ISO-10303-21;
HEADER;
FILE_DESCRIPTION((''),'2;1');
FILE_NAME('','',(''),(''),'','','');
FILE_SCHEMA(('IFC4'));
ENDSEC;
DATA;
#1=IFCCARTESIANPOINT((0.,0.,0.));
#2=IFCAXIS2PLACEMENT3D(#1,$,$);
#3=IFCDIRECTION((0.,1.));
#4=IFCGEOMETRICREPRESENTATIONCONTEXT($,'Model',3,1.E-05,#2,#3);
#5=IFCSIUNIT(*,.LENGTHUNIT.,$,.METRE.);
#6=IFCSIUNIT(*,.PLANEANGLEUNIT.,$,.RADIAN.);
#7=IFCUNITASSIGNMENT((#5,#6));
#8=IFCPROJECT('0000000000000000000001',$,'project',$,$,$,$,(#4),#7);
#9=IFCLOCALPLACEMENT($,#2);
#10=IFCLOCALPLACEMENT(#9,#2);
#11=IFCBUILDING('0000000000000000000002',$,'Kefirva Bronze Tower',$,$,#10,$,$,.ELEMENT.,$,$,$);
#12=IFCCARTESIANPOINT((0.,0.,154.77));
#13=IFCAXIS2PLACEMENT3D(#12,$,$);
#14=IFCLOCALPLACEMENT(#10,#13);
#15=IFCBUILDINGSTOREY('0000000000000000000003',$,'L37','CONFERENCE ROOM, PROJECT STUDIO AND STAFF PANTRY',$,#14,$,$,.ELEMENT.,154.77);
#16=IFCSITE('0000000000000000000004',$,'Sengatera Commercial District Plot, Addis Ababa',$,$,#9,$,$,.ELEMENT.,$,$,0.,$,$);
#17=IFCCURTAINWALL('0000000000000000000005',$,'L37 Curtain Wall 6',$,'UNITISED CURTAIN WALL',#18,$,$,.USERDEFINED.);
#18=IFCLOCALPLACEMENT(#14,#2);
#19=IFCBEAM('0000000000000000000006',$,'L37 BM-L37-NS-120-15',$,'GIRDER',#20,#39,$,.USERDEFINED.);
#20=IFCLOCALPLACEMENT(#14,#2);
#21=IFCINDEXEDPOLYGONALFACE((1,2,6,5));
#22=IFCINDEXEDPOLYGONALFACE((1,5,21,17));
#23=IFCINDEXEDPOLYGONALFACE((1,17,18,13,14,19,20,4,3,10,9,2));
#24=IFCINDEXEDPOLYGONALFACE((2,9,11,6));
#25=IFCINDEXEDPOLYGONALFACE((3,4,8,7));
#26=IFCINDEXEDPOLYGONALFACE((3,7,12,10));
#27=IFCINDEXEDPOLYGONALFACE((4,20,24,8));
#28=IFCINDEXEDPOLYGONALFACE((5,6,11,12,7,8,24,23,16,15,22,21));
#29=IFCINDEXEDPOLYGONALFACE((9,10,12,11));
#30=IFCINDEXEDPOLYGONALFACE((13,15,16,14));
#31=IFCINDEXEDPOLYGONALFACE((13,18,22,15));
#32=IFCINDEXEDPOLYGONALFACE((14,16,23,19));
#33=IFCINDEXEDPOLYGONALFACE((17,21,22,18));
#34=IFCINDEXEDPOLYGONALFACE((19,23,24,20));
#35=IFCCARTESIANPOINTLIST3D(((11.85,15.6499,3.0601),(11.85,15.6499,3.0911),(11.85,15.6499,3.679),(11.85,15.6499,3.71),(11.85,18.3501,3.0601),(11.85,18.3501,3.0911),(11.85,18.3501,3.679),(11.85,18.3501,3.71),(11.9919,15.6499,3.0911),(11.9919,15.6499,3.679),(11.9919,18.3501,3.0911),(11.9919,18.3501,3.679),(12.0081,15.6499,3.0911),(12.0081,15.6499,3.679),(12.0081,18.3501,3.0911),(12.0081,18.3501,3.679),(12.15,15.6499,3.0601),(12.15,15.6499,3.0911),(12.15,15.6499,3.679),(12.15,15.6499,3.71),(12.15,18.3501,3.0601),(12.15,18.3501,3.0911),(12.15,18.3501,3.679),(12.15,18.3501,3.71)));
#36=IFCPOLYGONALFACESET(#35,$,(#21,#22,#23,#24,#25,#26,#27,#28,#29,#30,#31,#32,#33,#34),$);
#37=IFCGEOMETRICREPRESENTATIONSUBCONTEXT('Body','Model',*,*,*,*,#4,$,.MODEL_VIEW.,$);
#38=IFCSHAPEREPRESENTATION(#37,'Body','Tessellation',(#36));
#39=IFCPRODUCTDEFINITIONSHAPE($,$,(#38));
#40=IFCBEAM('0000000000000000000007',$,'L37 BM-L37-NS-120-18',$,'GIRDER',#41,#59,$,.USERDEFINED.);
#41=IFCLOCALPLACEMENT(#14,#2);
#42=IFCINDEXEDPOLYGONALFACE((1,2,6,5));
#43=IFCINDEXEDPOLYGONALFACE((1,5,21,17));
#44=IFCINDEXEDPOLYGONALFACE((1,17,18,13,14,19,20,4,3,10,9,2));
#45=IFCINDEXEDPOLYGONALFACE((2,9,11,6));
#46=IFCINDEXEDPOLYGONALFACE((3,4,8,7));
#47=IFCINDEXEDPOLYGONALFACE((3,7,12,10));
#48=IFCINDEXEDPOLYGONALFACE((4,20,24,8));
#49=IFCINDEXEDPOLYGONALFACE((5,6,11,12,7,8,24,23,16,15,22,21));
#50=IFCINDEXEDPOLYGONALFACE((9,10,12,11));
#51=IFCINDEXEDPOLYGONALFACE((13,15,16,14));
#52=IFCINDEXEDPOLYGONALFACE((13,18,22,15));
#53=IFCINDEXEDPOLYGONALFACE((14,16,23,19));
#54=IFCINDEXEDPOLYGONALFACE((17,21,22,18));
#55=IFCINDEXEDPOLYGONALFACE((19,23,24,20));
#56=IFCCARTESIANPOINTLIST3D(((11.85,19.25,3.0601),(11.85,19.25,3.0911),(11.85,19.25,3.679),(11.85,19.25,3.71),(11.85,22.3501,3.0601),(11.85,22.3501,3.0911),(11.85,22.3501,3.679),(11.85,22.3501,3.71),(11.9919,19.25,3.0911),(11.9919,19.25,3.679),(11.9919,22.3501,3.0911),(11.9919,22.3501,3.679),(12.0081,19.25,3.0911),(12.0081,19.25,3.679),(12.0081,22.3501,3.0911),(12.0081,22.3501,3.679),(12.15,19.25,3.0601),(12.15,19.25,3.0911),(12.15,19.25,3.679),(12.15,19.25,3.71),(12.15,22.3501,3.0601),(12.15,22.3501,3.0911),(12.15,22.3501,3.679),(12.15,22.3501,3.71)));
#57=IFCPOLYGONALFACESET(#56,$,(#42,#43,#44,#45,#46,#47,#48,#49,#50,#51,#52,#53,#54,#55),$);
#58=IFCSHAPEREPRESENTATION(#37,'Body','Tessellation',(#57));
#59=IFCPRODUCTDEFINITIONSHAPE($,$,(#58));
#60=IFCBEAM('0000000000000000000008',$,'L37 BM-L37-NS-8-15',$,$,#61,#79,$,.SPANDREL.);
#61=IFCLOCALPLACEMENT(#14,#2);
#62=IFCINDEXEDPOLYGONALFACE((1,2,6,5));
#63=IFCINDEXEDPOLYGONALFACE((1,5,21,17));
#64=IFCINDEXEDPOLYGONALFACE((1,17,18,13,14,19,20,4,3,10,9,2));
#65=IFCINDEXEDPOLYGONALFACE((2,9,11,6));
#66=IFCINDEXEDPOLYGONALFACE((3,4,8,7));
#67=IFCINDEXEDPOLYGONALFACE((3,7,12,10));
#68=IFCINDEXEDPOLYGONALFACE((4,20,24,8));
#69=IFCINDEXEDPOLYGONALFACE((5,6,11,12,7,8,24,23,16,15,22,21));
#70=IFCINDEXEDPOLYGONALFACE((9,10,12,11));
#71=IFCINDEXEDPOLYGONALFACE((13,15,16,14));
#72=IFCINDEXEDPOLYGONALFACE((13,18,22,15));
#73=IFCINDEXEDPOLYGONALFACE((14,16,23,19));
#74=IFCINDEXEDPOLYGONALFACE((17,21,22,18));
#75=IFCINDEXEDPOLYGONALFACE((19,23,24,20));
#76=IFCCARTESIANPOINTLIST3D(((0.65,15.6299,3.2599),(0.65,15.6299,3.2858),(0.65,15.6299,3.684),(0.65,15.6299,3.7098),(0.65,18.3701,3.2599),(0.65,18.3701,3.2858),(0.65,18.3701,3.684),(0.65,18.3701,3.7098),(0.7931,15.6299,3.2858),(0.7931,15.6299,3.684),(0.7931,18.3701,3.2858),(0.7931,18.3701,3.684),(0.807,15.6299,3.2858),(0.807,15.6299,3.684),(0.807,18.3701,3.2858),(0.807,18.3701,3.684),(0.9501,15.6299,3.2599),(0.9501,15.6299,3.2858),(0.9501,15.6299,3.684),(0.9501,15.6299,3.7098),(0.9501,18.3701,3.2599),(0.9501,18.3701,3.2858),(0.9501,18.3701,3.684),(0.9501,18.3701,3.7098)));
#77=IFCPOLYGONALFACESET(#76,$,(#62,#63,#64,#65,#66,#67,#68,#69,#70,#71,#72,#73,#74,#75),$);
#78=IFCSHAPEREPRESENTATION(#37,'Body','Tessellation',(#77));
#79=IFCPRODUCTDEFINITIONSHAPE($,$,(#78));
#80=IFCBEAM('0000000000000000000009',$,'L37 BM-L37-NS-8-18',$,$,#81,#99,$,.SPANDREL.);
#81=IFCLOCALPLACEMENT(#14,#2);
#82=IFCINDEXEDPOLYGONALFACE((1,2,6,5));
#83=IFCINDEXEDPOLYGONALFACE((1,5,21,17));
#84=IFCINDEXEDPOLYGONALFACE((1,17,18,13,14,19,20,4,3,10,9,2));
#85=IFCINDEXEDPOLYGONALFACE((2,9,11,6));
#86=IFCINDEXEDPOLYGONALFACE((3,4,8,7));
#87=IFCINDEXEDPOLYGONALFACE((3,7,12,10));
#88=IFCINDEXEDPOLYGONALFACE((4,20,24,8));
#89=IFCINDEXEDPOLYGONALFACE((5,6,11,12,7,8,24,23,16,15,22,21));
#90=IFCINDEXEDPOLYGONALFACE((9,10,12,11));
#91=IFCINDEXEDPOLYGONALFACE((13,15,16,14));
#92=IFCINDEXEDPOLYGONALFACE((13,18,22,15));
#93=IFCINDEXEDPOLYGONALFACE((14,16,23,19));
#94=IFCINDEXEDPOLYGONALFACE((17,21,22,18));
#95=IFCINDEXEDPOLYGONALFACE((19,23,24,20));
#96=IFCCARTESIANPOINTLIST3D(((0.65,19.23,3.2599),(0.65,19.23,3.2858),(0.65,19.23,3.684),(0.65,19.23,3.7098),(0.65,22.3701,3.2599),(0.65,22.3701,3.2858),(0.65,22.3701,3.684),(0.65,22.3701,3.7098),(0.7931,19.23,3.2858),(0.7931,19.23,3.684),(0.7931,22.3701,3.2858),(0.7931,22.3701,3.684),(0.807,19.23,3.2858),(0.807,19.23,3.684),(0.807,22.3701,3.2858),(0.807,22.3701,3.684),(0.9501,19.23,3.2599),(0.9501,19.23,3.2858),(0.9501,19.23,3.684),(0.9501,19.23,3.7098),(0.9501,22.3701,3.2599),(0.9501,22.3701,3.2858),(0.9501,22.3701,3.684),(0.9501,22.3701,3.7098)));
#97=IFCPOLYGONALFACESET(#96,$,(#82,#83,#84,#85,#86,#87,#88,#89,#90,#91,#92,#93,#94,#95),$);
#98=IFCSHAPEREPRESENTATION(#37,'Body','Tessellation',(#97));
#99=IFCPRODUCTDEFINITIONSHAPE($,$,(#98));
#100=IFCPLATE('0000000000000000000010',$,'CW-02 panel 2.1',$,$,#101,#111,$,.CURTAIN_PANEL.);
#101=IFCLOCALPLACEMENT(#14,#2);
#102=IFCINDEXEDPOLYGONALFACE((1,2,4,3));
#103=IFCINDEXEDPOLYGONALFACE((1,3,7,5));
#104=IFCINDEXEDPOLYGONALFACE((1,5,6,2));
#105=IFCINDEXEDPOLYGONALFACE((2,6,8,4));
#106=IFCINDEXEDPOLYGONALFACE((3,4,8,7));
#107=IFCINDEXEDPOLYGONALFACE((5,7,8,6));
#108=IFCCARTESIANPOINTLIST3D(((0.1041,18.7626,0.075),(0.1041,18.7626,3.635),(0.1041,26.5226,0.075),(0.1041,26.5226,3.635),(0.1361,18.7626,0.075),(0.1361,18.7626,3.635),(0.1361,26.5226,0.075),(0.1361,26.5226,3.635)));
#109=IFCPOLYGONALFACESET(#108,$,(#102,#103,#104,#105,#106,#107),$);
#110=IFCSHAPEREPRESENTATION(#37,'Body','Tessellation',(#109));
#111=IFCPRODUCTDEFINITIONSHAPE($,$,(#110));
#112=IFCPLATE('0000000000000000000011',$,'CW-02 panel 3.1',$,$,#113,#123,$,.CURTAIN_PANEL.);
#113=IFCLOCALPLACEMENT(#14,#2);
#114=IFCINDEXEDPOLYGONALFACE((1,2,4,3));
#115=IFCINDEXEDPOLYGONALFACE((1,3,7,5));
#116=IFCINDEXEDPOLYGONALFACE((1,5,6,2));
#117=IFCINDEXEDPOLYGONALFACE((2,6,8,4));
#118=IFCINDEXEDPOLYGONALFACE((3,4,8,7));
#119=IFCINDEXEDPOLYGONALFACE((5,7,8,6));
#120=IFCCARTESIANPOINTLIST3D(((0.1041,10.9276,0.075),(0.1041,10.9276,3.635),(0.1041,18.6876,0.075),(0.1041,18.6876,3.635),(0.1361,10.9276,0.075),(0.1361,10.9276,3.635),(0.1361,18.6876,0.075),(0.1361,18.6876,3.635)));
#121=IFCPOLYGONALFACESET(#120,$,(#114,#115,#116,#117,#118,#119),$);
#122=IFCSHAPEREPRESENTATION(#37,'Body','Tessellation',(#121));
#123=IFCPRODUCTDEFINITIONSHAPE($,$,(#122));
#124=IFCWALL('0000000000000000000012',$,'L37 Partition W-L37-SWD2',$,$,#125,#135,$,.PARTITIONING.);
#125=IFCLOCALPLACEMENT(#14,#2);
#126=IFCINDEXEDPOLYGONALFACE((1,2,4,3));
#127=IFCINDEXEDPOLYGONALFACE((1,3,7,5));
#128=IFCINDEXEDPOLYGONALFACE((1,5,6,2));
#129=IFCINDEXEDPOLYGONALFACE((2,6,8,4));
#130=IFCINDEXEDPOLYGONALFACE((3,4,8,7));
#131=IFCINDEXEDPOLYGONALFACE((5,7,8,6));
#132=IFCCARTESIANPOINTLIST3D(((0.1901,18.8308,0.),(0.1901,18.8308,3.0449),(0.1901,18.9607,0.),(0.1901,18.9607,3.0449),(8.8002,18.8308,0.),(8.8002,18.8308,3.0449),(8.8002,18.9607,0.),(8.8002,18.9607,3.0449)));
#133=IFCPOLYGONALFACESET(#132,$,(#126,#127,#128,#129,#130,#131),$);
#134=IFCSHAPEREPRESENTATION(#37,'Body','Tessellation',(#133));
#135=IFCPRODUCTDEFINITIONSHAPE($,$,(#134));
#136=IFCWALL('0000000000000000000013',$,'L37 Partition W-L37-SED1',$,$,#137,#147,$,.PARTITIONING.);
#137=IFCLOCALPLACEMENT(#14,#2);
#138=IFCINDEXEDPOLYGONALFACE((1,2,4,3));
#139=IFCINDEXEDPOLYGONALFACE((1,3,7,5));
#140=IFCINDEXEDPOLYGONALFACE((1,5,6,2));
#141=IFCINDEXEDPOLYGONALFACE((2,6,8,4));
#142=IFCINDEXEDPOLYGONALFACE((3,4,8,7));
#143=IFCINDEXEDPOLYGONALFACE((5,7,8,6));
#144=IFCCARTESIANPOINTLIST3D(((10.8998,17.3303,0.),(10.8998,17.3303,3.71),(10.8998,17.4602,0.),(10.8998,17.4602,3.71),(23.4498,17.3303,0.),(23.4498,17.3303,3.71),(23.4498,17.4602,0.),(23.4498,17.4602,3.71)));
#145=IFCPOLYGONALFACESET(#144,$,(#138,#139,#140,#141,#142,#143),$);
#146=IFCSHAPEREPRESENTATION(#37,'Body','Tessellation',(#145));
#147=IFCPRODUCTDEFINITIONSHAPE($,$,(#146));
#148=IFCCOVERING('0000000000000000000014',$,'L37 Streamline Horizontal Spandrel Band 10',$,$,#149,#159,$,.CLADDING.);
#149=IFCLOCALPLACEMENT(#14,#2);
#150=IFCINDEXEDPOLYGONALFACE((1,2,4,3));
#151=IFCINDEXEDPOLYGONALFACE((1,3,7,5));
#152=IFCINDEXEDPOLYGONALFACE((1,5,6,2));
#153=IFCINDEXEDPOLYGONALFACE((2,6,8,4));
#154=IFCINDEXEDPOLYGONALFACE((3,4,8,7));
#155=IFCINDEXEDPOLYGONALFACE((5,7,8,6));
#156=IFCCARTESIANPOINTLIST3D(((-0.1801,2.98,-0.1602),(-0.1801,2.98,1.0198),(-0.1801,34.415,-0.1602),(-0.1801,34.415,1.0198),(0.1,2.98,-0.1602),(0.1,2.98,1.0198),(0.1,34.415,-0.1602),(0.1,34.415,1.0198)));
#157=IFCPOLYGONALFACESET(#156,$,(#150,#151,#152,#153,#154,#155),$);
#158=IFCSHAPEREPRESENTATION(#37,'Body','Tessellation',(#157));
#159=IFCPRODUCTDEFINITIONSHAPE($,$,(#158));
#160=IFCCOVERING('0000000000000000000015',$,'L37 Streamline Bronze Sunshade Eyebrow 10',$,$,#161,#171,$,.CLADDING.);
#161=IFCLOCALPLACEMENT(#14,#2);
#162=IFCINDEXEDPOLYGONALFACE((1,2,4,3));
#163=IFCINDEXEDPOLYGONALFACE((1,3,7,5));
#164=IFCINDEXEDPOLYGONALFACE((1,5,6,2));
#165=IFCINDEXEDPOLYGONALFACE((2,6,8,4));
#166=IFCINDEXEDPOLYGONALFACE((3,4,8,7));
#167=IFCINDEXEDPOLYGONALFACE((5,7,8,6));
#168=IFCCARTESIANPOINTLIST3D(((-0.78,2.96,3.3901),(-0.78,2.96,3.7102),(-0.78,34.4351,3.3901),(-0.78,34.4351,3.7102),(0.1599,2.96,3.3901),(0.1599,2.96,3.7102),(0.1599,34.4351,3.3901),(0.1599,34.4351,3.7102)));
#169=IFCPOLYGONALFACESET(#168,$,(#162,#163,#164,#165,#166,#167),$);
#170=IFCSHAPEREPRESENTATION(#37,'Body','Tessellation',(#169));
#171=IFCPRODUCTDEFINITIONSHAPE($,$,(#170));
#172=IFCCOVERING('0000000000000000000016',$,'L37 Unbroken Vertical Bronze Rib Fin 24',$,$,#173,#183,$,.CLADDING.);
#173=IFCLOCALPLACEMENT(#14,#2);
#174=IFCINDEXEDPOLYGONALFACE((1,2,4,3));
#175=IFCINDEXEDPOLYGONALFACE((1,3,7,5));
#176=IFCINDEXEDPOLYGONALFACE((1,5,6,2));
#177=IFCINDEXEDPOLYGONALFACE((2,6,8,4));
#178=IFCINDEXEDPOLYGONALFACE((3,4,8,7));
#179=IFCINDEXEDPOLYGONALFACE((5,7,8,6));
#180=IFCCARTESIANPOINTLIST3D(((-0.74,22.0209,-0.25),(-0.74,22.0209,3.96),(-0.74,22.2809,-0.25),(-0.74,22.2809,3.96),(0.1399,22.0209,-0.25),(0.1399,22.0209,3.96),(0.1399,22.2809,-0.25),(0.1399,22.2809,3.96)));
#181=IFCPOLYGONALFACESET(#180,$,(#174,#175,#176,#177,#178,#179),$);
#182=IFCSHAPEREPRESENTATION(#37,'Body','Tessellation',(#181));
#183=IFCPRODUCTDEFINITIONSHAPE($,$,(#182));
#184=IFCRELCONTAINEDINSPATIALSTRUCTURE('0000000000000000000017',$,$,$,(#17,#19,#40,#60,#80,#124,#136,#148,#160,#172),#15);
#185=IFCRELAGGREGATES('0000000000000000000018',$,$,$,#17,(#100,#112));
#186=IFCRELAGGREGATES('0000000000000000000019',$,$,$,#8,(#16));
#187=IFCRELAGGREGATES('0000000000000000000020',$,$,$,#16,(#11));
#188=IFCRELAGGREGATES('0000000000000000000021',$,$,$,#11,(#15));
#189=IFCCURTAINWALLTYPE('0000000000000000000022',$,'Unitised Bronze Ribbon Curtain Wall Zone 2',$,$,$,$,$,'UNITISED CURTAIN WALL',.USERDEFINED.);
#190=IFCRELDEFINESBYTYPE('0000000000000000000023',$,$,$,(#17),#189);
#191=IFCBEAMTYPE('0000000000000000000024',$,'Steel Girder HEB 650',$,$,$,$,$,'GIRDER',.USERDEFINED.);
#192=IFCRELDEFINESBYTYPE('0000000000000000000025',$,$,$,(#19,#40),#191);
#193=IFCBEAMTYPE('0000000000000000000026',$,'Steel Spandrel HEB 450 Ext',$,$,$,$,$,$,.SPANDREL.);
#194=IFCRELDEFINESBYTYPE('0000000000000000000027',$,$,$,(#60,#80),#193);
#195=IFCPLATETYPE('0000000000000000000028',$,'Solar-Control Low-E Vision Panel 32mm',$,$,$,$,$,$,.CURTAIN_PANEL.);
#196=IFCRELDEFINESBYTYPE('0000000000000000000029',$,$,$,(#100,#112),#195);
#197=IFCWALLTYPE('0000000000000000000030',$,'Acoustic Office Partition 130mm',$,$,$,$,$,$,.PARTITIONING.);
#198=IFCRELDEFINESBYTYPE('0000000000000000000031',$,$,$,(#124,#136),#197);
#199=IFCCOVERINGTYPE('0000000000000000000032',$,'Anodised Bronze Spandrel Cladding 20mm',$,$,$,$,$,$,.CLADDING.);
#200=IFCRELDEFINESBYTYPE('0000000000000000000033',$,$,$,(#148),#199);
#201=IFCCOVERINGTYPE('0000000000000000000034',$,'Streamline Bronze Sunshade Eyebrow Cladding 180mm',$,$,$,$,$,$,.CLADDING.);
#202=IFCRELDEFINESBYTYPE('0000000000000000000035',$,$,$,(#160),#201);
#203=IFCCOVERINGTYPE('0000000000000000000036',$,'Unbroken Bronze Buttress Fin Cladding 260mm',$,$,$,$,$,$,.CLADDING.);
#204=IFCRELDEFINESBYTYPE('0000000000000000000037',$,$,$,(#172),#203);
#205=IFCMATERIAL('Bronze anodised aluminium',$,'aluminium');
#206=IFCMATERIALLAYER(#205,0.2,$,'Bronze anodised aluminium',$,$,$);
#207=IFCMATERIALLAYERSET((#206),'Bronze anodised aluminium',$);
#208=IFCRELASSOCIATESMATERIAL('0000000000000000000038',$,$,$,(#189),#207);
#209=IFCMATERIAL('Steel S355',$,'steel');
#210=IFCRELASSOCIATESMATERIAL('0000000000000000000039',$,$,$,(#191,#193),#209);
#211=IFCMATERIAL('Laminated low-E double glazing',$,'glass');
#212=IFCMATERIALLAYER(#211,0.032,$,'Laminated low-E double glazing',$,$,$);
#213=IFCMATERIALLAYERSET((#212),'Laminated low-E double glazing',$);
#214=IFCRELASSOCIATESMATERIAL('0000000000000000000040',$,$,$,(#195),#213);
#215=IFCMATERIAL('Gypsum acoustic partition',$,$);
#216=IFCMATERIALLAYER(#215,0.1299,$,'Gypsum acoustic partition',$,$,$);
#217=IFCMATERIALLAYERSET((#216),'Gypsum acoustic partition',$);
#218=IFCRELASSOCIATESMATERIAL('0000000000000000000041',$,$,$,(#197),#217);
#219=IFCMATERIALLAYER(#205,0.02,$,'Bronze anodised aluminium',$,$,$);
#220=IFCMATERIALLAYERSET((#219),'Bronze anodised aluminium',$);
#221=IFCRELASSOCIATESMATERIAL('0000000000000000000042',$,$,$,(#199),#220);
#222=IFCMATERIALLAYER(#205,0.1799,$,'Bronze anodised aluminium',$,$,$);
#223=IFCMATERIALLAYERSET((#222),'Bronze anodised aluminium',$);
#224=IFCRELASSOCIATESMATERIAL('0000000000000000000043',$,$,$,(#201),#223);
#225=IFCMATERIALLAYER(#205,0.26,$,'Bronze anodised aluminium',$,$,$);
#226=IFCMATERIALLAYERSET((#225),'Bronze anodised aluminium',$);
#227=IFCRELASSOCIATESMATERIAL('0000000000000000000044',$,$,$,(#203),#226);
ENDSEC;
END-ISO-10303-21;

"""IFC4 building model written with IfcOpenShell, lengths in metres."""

from ifc_helpers import new_model, si_unit, direction, frame, frame_2d, origin, origin_2d, place, context, subcontext, project, spatial, rectangle, i_section, extrude, material, layer, layer_set, material_profile, profile_set, type_object, element, aggregate, save


model = new_model("IFC4")

# Units and contexts
model_context = context("Model", 3, precision=1e-05, world=origin(), true_north=direction((0.0, 1.0)))
body_context = subcontext(model_context, "Body", "Model", "MODEL_VIEW")
ifc_project = project(units=[si_unit("LENGTHUNIT", "METRE"), si_unit("PLANEANGLEUNIT", "RADIAN")], contexts=[model_context])

# Site, building, storey
site_placement = place(None, origin())
site = spatial("IfcSite", under=ifc_project, at=site_placement, Name="Sengatera Commercial District Plot, Addis Ababa", CompositionType="ELEMENT", RefElevation=0.0)
building_placement = place(site_placement, origin())
building = spatial("IfcBuilding", under=site, at=building_placement, Name="Kefirva Bronze Tower", CompositionType="ELEMENT")
storey_placement = place(building_placement, frame((0.0, 0.0, 154.77)))
storey = spatial("IfcBuildingStorey", under=building, at=storey_placement, Name="L37", Description="CONFERENCE ROOM, PROJECT STUDIO AND STAFF PANTRY", CompositionType="ELEMENT", Elevation=154.77)

# Curtain wall
ifc_material_1 = material(Name="Bronze anodised aluminium", Category="aluminium")
ifc_layer_1 = layer(ifc_material_1, 0.2, Name="Bronze anodised aluminium")
ifc_layer_set_1 = layer_set([ifc_layer_1], Name="Bronze anodised aluminium")
curtain_wall_type = type_object("IfcCurtainWallType", Name="Unitised Bronze Ribbon Curtain Wall Zone 2", ElementType="UNITISED CURTAIN WALL", PredefinedType="USERDEFINED", material=ifc_layer_set_1)
curtain_wall_placement = place(storey_placement, origin())
curtain_wall = element("IfcCurtainWall", 1, at=curtain_wall_placement, inside=storey, type_object=curtain_wall_type, Name="L37 Curtain Wall 6", ObjectType="UNITISED CURTAIN WALL", PredefinedType="USERDEFINED")

# Beams
ifc_material_2 = material(Name="Steel S355", Category="steel")
ifc_material_profile_1 = material_profile(ifc_material_2, i_section(OverallWidth=0.3, OverallDepth=0.6499, WebThickness=0.0161, FlangeThickness=0.031, at=origin_2d()), Name="HEB 650")
ifc_profile_set_1 = profile_set([ifc_material_profile_1], Name="Steel S355")
beam_type_1 = type_object("IfcBeamType", Name="Steel Girder HEB 650", ElementType="GIRDER", PredefinedType="USERDEFINED", material=ifc_profile_set_1)
beam_1_placement = place(storey_placement, frame((12.0, 15.6499, 3.385), z_axis=(0.0, 1.0, 0.0), x_axis=(-1.0, 0.0, 0.0)))
element("IfcBeam", 2, at=beam_1_placement, inside=storey, type_object=beam_type_1, Name="L37 BM-L37-NS-120-15", ObjectType="GIRDER", PredefinedType="USERDEFINED", context=body_context, shape_type="SweptSolid", body=[
    extrude(i_section(OverallWidth=0.3, OverallDepth=0.6499, WebThickness=0.0161, FlangeThickness=0.031, at=origin_2d()), origin(), (0.0, 0.0, 1.0), 2.7002),
])
beam_2_placement = place(storey_placement, frame((12.0, 19.25, 3.385), z_axis=(0.0, 1.0, 0.0), x_axis=(-1.0, 0.0, 0.0)))
element("IfcBeam", 3, at=beam_2_placement, inside=storey, type_object=beam_type_1, Name="L37 BM-L37-NS-120-18", ObjectType="GIRDER", PredefinedType="USERDEFINED", context=body_context, shape_type="SweptSolid", body=[
    extrude(i_section(OverallWidth=0.3, OverallDepth=0.6499, WebThickness=0.0161, FlangeThickness=0.031, at=origin_2d()), origin(), (0.0, 0.0, 1.0), 3.1001),
])
ifc_material_profile_2 = material_profile(ifc_material_2, i_section(OverallWidth=0.3, OverallDepth=0.45, WebThickness=0.0139, FlangeThickness=0.0259, at=origin_2d()), Name="HEB 450")
ifc_profile_set_2 = profile_set([ifc_material_profile_2], Name="Steel S355")
beam_type_2 = type_object("IfcBeamType", Name="Steel Spandrel HEB 450 Ext", PredefinedType="SPANDREL", material=ifc_profile_set_2)
beam_3_placement = place(storey_placement, frame((0.8, 15.6299, 3.4849), z_axis=(0.0, 1.0, 0.0), x_axis=(-1.0, 0.0, 0.0)))
element("IfcBeam", 4, at=beam_3_placement, inside=storey, type_object=beam_type_2, Name="L37 BM-L37-NS-8-15", PredefinedType="SPANDREL", context=body_context, shape_type="SweptSolid", body=[
    extrude(i_section(OverallWidth=0.3, OverallDepth=0.45, WebThickness=0.0139, FlangeThickness=0.0259, at=origin_2d()), origin(), (0.0, 0.0, 1.0), 2.7402),
])
beam_4_placement = place(storey_placement, frame((0.8, 19.23, 3.4849), z_axis=(0.0, 1.0, 0.0), x_axis=(-1.0, 0.0, 0.0)))
element("IfcBeam", 5, at=beam_4_placement, inside=storey, type_object=beam_type_2, Name="L37 BM-L37-NS-8-18", PredefinedType="SPANDREL", context=body_context, shape_type="SweptSolid", body=[
    extrude(i_section(OverallWidth=0.3, OverallDepth=0.45, WebThickness=0.0139, FlangeThickness=0.0259, at=origin_2d()), origin(), (0.0, 0.0, 1.0), 3.1401),
])

# Plates
ifc_material_3 = material(Name="Laminated low-E double glazing", Category="glass")
ifc_layer_2 = layer(ifc_material_3, 0.032, Name="Laminated low-E double glazing")
ifc_layer_set_2 = layer_set([ifc_layer_2], Name="Laminated low-E double glazing")
plate_type = type_object("IfcPlateType", Name="Solar-Control Low-E Vision Panel 32mm", PredefinedType="CURTAIN_PANEL", material=ifc_layer_set_2)
plate_1_placement = place(storey_placement, frame((0.1201, 22.6426, 0.075), z_axis=(0.0, 0.0, 1.0), x_axis=(0.0, -1.0, 0.0)))
plate_1 = element("IfcPlate", 6, at=plate_1_placement, type_object=plate_type, Name="CW-02 panel 2.1", PredefinedType="CURTAIN_PANEL", context=body_context, shape_type="SweptSolid", body=[
    extrude(rectangle(XDim=7.76, YDim=0.032, at=origin_2d()), origin(), (0.0, 0.0, 1.0), 3.5601),
])
plate_2_placement = place(storey_placement, frame((0.1201, 14.8076, 0.075), z_axis=(0.0, 0.0, 1.0), x_axis=(0.0, -1.0, 0.0)))
plate_2 = element("IfcPlate", 7, at=plate_2_placement, type_object=plate_type, Name="CW-02 panel 3.1", PredefinedType="CURTAIN_PANEL", context=body_context, shape_type="SweptSolid", body=[
    extrude(rectangle(XDim=7.76, YDim=0.032, at=origin_2d()), origin(), (0.0, 0.0, 1.0), 3.5601),
])
aggregate(curtain_wall, [plate_1, plate_2])

# Walls
ifc_material_4 = material(Name="Gypsum acoustic partition")
ifc_layer_3 = layer(ifc_material_4, 0.1299, Name="Gypsum acoustic partition")
ifc_layer_set_3 = layer_set([ifc_layer_3], Name="Gypsum acoustic partition")
wall_type = type_object("IfcWallType", Name="Acoustic Office Partition 130mm", PredefinedType="PARTITIONING", material=ifc_layer_set_3)
wall_1_placement = place(storey_placement, frame((0.1899, 18.8958, 0.0), z_axis=(0.0, 0.0, 1.0), x_axis=(1.0, 0.0, 0.0)))
element("IfcWall", 8, at=wall_1_placement, inside=storey, type_object=wall_type, Name="L37 Partition W-L37-SWD2", PredefinedType="PARTITIONING", context=body_context, shape_type="SweptSolid", body=[
    extrude(rectangle(XDim=8.6101, YDim=0.1299, at=frame_2d((4.3052, 0.0))), origin(), (0.0, 0.0, 1.0), 3.0449),
])
wall_2_placement = place(storey_placement, frame((10.8999, 17.3953, 0.0), z_axis=(0.0, 0.0, 1.0), x_axis=(1.0, 0.0, 0.0)))
element("IfcWall", 9, at=wall_2_placement, inside=storey, type_object=wall_type, Name="L37 Partition W-L37-SED1", PredefinedType="PARTITIONING", context=body_context, shape_type="SweptSolid", body=[
    extrude(rectangle(XDim=12.55, YDim=0.1299, at=frame_2d((6.2749, 0.0))), origin(), (0.0, 0.0, 1.0), 3.71),
])

# Coverings
ifc_layer_4 = layer(ifc_material_1, 0.02, Name="Bronze anodised aluminium")
ifc_layer_set_4 = layer_set([ifc_layer_4], Name="Bronze anodised aluminium")
covering_type_1 = type_object("IfcCoveringType", Name="Anodised Bronze Spandrel Cladding 20mm", PredefinedType="CLADDING", material=ifc_layer_set_4)
covering_1_placement = place(storey_placement, frame((-0.04, 18.6975, -0.1602), z_axis=(0.0, 0.0, 1.0), x_axis=(0.0, -1.0, 0.0)))
element("IfcCovering", 10, at=covering_1_placement, inside=storey, type_object=covering_type_1, Name="L37 Streamline Horizontal Spandrel Band 10", PredefinedType="CLADDING", context=body_context, shape_type="SweptSolid", body=[
    extrude(rectangle(XDim=31.4351, YDim=0.28, at=origin_2d()), origin(), (0.0, 0.0, 1.0), 1.1799),
])
ifc_layer_5 = layer(ifc_material_1, 0.1799, Name="Bronze anodised aluminium")
ifc_layer_set_5 = layer_set([ifc_layer_5], Name="Bronze anodised aluminium")
covering_type_2 = type_object("IfcCoveringType", Name="Streamline Bronze Sunshade Eyebrow Cladding 180mm", PredefinedType="CLADDING", material=ifc_layer_set_5)
covering_2_placement = place(storey_placement, frame((-0.3101, 18.6975, 3.3901), z_axis=(0.0, 0.0, 1.0), x_axis=(0.0, -1.0, 0.0)))
element("IfcCovering", 11, at=covering_2_placement, inside=storey, type_object=covering_type_2, Name="L37 Streamline Bronze Sunshade Eyebrow 10", PredefinedType="CLADDING", context=body_context, shape_type="SweptSolid", body=[
    extrude(rectangle(XDim=31.4751, YDim=0.9399, at=origin_2d()), origin(), (0.0, 0.0, 1.0), 0.3201),
])
ifc_layer_6 = layer(ifc_material_1, 0.26, Name="Bronze anodised aluminium")
ifc_layer_set_6 = layer_set([ifc_layer_6], Name="Bronze anodised aluminium")
covering_type_3 = type_object("IfcCoveringType", Name="Unbroken Bronze Buttress Fin Cladding 260mm", PredefinedType="CLADDING", material=ifc_layer_set_6)
for number, where, z_axis, x_axis, name in (
    (12, (-0.3, 22.1509, -0.25), (0.0, 0.0, 1.0), (0.0, -1.0, 0.0), "L37 Unbroken Vertical Bronze Rib Fin 24"),
):
    element("IfcCovering", number, at=place(storey_placement, frame(where, z_axis=z_axis, x_axis=x_axis)), inside=storey, type_object=covering_type_3, Name=name, PredefinedType="CLADDING", context=body_context, shape_type="SweptSolid", body=[
        extrude(rectangle(XDim=0.26, YDim=0.8799, at=origin_2d()), origin(), (0.0, 0.0, 1.0), 4.21),
    ])

save(model, "model.ifc")
